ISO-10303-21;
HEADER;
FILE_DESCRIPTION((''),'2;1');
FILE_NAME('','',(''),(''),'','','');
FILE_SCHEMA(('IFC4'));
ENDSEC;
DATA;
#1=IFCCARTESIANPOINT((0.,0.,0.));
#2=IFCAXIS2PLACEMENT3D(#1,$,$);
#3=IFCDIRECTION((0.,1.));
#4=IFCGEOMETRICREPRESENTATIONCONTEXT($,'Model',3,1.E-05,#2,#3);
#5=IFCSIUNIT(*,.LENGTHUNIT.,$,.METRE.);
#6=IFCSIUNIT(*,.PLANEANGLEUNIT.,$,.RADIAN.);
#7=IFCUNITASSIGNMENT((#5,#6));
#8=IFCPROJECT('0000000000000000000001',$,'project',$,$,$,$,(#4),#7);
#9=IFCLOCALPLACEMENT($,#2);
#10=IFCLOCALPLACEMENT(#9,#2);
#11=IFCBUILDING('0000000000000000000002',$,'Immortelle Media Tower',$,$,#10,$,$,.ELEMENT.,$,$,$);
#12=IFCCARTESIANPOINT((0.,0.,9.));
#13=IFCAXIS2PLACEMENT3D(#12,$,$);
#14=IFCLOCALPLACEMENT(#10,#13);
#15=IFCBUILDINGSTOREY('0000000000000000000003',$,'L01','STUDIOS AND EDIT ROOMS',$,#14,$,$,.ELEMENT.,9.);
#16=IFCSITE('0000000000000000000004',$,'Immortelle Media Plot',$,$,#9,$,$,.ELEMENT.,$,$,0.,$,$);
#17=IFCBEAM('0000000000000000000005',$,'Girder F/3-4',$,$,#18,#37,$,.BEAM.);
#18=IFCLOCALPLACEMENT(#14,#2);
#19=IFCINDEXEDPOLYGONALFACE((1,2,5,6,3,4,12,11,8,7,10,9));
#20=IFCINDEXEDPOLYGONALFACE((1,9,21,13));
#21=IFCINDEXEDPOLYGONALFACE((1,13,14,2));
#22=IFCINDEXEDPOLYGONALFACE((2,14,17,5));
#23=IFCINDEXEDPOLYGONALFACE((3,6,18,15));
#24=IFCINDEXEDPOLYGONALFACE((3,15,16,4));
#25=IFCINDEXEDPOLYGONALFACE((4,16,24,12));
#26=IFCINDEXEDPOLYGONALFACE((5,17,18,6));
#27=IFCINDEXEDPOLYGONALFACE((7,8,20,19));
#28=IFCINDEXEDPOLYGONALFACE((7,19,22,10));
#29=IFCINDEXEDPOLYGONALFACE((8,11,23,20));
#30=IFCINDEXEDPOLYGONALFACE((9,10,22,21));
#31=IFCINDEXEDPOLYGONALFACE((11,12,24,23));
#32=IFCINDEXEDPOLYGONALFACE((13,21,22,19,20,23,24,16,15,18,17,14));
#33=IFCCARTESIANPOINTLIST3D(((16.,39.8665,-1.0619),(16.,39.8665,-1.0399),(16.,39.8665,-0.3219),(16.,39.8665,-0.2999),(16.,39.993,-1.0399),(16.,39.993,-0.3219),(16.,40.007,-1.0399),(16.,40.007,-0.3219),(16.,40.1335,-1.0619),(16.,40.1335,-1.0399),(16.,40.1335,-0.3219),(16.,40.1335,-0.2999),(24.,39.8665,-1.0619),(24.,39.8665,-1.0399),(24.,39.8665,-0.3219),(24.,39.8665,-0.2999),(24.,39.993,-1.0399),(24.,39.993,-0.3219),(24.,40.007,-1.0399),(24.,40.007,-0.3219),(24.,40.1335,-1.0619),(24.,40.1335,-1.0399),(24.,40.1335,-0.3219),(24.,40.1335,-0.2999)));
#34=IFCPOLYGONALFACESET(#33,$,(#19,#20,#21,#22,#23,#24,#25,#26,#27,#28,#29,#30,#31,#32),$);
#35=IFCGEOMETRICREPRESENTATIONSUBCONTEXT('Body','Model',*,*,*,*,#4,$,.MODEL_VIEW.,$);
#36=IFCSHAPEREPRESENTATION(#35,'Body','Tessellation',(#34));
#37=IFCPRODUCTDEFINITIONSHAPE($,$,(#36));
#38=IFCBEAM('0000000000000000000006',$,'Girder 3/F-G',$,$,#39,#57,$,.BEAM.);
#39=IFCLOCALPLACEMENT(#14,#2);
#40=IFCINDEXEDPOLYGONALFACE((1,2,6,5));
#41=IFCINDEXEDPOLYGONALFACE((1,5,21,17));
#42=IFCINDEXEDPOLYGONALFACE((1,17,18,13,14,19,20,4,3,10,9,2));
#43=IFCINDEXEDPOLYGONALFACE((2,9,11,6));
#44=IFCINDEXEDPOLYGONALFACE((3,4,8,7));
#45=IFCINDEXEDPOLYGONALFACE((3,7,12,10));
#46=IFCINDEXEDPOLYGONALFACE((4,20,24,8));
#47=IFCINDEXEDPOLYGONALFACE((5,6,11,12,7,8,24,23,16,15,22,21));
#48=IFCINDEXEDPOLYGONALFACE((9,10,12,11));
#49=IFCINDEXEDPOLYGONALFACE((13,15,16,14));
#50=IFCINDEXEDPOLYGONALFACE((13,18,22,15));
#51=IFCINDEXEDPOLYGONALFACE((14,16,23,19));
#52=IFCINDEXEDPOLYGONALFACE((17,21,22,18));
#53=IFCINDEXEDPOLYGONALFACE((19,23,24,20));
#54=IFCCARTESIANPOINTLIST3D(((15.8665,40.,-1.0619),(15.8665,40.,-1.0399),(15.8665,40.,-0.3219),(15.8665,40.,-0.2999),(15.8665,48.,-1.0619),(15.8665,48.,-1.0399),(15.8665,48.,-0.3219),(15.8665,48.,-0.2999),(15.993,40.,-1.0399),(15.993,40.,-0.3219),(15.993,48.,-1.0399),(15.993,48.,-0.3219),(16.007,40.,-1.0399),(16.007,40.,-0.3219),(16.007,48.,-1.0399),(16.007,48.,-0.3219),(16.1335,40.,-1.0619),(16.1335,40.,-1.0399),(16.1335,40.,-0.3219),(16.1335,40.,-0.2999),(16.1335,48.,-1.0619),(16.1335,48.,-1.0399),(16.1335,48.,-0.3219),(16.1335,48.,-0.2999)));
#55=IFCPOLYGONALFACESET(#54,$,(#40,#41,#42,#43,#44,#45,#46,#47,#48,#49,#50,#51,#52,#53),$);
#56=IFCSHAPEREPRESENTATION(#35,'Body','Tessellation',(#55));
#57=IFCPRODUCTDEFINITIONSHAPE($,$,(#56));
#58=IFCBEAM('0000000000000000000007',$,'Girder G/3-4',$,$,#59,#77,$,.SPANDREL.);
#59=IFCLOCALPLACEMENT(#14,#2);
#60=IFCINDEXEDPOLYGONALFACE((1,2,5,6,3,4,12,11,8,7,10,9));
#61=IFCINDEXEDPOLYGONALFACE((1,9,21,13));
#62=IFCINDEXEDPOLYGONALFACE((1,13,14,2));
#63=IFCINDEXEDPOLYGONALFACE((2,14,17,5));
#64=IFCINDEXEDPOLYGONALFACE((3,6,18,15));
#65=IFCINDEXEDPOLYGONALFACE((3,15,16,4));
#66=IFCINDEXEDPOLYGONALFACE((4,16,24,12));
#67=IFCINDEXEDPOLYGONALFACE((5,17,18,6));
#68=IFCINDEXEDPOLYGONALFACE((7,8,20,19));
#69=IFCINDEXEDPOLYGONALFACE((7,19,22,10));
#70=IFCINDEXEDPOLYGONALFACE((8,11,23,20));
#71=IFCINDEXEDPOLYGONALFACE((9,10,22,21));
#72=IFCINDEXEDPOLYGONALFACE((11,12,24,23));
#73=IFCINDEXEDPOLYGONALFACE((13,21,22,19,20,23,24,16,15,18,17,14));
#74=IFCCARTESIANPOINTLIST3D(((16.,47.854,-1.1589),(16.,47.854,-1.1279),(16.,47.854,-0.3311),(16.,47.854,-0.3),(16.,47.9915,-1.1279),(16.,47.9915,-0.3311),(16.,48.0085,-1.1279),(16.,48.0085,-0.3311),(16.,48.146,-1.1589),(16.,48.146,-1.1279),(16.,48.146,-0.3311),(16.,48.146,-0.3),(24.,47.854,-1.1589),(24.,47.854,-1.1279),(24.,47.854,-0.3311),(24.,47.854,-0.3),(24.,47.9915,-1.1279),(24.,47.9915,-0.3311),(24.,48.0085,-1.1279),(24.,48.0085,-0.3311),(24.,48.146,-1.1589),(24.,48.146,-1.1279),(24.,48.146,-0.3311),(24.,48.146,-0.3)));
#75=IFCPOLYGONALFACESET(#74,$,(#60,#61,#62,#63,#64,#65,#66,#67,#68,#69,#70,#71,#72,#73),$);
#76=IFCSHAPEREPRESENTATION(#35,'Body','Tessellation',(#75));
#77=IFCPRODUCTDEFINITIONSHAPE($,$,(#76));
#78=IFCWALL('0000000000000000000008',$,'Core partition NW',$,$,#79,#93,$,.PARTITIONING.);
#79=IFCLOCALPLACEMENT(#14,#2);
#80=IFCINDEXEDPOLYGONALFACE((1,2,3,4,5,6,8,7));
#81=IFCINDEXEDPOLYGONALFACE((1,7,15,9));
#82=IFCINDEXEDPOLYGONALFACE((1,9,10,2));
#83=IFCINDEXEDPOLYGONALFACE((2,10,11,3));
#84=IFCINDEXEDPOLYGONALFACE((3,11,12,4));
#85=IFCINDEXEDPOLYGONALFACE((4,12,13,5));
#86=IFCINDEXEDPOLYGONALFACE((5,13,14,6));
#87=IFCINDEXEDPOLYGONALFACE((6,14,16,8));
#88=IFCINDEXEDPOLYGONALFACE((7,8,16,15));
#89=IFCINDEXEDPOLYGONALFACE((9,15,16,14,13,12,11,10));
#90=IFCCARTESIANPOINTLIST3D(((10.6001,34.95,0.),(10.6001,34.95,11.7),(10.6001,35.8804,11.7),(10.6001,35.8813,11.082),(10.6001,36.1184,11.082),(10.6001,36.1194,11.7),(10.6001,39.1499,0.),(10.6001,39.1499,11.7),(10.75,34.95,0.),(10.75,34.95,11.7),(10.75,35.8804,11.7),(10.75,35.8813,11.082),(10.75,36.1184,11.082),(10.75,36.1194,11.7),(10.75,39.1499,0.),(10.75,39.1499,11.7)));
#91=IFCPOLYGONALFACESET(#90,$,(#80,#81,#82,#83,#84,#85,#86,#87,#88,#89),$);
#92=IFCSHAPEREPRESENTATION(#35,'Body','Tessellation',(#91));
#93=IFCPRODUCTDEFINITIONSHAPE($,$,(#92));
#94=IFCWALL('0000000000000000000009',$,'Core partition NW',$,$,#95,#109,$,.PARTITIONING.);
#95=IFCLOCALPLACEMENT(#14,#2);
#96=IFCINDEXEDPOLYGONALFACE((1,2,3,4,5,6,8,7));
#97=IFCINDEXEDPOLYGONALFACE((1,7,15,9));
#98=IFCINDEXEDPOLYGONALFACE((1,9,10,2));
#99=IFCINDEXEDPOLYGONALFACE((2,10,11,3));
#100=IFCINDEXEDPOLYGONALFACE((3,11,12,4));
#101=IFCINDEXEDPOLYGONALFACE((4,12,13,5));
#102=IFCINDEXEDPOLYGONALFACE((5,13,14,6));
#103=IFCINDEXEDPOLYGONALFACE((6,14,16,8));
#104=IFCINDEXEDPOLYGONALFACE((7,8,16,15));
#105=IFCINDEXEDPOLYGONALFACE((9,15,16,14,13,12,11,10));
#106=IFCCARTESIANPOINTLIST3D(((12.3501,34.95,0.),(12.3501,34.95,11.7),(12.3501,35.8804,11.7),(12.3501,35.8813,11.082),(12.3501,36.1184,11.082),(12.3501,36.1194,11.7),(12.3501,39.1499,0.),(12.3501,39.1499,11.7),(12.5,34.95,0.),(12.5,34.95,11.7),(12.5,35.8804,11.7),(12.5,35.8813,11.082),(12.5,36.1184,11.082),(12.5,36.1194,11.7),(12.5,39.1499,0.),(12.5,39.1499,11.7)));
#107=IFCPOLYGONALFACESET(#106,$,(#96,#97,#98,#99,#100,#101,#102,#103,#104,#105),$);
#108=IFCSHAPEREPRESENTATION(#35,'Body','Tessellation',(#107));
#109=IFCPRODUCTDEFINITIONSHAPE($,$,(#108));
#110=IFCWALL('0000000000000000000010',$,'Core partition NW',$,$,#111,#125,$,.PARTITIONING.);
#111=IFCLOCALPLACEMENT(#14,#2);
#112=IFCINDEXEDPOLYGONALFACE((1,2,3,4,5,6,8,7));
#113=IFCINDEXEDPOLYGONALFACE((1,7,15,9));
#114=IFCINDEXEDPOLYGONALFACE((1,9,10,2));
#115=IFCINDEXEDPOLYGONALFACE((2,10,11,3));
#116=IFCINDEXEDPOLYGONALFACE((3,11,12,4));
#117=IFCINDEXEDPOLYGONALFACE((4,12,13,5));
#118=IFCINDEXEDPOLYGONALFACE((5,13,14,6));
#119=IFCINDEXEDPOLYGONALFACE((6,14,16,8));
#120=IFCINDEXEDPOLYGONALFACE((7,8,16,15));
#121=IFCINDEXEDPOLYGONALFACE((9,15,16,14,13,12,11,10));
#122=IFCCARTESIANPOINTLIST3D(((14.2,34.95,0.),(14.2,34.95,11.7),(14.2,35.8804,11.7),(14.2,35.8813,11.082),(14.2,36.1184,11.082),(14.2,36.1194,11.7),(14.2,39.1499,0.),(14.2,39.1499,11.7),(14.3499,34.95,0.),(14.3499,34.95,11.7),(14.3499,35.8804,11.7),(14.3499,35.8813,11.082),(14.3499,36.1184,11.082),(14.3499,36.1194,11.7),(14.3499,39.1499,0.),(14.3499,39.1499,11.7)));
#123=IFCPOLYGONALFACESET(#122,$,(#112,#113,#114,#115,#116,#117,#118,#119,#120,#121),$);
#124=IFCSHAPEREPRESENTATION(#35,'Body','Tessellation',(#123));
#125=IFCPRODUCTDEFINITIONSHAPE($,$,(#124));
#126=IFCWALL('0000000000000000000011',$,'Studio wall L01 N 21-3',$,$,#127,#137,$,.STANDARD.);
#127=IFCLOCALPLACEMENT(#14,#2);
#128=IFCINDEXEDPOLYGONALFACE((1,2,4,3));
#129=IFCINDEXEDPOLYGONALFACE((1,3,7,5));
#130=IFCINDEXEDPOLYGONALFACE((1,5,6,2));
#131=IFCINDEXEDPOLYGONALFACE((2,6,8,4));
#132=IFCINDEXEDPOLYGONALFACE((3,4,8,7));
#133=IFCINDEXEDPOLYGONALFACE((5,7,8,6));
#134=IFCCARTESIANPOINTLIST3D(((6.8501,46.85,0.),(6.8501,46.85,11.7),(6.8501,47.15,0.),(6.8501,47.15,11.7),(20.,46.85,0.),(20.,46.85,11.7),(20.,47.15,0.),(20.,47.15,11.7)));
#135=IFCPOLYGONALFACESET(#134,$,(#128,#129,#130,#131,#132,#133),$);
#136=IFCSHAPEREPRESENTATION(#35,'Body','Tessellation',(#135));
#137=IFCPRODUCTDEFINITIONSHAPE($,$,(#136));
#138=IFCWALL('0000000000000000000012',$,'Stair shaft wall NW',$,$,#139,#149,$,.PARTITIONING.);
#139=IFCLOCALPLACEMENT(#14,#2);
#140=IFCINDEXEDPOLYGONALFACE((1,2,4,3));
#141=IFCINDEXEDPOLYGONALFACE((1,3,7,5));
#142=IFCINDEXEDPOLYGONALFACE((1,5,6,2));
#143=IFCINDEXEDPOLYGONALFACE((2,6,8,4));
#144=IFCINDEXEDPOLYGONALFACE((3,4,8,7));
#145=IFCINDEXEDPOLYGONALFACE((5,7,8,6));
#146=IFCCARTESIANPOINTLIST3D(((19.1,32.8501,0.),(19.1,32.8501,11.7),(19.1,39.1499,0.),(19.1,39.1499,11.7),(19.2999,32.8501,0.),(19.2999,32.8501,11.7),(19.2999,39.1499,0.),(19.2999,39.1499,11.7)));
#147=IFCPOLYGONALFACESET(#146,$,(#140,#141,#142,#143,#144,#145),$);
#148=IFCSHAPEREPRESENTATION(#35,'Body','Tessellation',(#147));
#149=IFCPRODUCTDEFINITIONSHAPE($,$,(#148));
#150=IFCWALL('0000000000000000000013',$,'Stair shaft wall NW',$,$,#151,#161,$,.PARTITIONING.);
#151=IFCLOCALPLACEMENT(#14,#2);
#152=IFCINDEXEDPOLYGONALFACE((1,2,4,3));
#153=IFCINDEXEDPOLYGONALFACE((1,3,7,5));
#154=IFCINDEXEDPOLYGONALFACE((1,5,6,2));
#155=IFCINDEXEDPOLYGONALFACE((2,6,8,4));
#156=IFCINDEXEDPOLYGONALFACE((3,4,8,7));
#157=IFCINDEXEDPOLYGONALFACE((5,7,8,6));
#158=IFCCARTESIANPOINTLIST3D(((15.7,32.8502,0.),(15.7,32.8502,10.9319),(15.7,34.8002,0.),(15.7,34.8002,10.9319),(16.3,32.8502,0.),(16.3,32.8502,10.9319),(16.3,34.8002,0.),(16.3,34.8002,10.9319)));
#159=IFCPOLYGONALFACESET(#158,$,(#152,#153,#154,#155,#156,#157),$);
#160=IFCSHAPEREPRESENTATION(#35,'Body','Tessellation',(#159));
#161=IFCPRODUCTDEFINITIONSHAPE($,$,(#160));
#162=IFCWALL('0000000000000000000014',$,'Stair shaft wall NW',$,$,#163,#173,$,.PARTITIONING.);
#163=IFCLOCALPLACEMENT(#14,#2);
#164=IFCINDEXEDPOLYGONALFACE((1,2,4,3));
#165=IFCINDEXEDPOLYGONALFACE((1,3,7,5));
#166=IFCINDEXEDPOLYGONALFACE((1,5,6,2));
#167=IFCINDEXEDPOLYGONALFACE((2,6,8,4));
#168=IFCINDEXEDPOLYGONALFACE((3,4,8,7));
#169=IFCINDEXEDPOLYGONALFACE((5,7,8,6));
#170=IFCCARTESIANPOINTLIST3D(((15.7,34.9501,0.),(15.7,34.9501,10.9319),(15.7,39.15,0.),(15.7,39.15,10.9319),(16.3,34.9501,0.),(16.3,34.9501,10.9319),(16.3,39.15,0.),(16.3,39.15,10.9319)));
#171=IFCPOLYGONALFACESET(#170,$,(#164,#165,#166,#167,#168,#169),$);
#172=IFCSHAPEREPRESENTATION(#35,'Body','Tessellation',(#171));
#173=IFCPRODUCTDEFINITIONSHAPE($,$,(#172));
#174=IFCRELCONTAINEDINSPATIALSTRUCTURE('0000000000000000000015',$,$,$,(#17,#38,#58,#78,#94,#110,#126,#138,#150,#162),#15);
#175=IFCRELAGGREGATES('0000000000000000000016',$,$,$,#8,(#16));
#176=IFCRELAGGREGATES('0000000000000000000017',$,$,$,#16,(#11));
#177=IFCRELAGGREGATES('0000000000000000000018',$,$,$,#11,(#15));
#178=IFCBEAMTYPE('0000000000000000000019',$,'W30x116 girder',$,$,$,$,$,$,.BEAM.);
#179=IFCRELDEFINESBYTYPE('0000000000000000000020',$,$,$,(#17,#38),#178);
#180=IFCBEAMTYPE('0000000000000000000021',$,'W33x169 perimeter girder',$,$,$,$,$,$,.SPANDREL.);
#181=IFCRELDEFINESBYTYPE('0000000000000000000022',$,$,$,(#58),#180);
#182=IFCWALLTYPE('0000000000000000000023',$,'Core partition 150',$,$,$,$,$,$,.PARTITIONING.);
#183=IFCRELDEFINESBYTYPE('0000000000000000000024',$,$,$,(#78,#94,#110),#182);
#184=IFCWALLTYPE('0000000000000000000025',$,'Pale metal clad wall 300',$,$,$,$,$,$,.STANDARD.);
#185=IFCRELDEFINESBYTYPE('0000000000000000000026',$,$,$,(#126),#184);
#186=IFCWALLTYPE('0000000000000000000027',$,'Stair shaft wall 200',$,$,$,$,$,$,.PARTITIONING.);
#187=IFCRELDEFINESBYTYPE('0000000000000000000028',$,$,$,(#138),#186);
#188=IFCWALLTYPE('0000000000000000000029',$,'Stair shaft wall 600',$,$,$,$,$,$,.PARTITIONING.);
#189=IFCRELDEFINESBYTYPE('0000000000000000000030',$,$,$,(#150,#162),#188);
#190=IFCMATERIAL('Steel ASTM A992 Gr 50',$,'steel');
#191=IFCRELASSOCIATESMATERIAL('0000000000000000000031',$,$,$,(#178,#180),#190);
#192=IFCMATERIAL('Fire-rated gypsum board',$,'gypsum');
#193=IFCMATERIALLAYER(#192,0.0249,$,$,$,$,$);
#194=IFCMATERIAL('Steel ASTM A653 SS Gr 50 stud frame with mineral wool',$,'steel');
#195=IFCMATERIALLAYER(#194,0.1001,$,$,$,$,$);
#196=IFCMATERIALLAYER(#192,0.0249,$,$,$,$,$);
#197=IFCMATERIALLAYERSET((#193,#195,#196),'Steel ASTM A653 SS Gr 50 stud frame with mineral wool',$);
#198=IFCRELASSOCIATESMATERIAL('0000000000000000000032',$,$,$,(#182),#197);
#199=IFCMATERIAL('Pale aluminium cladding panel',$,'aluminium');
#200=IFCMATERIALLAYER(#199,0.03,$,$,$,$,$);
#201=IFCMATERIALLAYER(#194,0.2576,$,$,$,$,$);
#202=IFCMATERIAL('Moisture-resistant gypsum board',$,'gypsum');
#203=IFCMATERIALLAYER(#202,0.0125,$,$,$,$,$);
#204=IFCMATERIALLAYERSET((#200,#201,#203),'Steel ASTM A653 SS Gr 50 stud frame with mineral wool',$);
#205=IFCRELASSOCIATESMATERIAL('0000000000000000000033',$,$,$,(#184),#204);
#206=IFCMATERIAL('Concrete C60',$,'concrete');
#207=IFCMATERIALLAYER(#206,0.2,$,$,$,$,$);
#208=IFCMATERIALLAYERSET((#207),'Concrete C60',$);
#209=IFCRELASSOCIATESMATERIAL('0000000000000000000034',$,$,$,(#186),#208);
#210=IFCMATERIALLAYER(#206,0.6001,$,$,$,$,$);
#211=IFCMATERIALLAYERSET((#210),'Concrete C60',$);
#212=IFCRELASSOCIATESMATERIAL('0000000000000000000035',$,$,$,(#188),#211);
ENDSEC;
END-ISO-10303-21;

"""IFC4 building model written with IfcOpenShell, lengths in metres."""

from ifc_helpers import new_model, si_unit, direction, frame, frame_2d, origin, origin_2d, place, context, subcontext, project, spatial, polyline, rectangle, i_section, outline, extrude, material, layer, layer_set, material_profile, profile_set, type_object, element, save


model = new_model("IFC4")

# Units and contexts
model_context = context("Model", 3, precision=1e-05, world=origin(), true_north=direction((0.0, 1.0)))
body_context = subcontext(model_context, "Body", "Model", "MODEL_VIEW")
ifc_project = project(units=[si_unit("LENGTHUNIT", "METRE"), si_unit("PLANEANGLEUNIT", "RADIAN")], contexts=[model_context])

# Site, building, storey
site_placement = place(None, origin())
site = spatial("IfcSite", under=ifc_project, at=site_placement, Name="Immortelle Media Plot", CompositionType="ELEMENT", RefElevation=0.0)
building_placement = place(site_placement, origin())
building = spatial("IfcBuilding", under=site, at=building_placement, Name="Immortelle Media Tower", CompositionType="ELEMENT")
storey_placement = place(building_placement, frame((0.0, 0.0, 9.0)))
storey = spatial("IfcBuildingStorey", under=building, at=storey_placement, Name="L01", Description="STUDIOS AND EDIT ROOMS", CompositionType="ELEMENT", Elevation=9.0)

# Shared definitions
ifc_material_1 = material(Name="Steel ASTM A992 Gr 50", Category="steel")

# Beams
ifc_material_profile_1 = material_profile(ifc_material_1, i_section(OverallWidth=0.2671, OverallDepth=0.762, WebThickness=0.0139, FlangeThickness=0.022, at=origin_2d()), Name="W30x116")
ifc_profile_set_1 = profile_set([ifc_material_profile_1], Name="Steel ASTM A992 Gr 50")
beam_type_1 = type_object("IfcBeamType", Name="W30x116 girder", PredefinedType="BEAM", material=ifc_profile_set_1)
for number, where, z_axis, x_axis, name in (
    (1, (16.0, 40.0, -0.6809), (1.0, 0.0, 0.0), (0.0, 1.0, 0.0), "Girder F/3-4"),
    (2, (16.0, 40.0, -0.6809), (0.0, 1.0, 0.0), (-1.0, 0.0, 0.0), "Girder 3/F-G"),
):
    element("IfcBeam", number, at=place(storey_placement, frame(where, z_axis=z_axis, x_axis=x_axis)), inside=storey, type_object=beam_type_1, Name=name, PredefinedType="BEAM", context=body_context, shape_type="SweptSolid", body=[
        extrude(i_section(OverallWidth=0.2671, OverallDepth=0.762, WebThickness=0.0139, FlangeThickness=0.022, at=origin_2d()), origin(), (0.0, 0.0, 1.0), 8.0),
    ])
ifc_material_profile_2 = material_profile(ifc_material_1, i_section(OverallWidth=0.292, OverallDepth=0.8589, WebThickness=0.0171, FlangeThickness=0.031, at=origin_2d()), Name="W33x169")
ifc_profile_set_2 = profile_set([ifc_material_profile_2], Name="Steel ASTM A992 Gr 50")
beam_type_2 = type_object("IfcBeamType", Name="W33x169 perimeter girder", PredefinedType="SPANDREL", material=ifc_profile_set_2)
beam_1_placement = place(storey_placement, frame((16.0, 48.0, -0.7295), z_axis=(1.0, 0.0, 0.0), x_axis=(0.0, 1.0, 0.0)))
element("IfcBeam", 3, at=beam_1_placement, inside=storey, type_object=beam_type_2, Name="Girder G/3-4", PredefinedType="SPANDREL", context=body_context, shape_type="SweptSolid", body=[
    extrude(i_section(OverallWidth=0.292, OverallDepth=0.8589, WebThickness=0.0171, FlangeThickness=0.031, at=origin_2d()), origin(), (0.0, 0.0, 1.0), 8.0),
])

# Walls
ifc_material_2 = material(Name="Fire-rated gypsum board", Category="gypsum")
ifc_layer_1 = layer(ifc_material_2, 0.0249)
ifc_material_3 = material(Name="Steel ASTM A653 SS Gr 50 stud frame with mineral wool", Category="steel")
ifc_layer_2 = layer(ifc_material_3, 0.1001)
ifc_layer_3 = layer(ifc_material_2, 0.0249)
ifc_layer_set_1 = layer_set([ifc_layer_1, ifc_layer_2, ifc_layer_3], Name="Steel ASTM A653 SS Gr 50 stud frame with mineral wool")
wall_type_1 = type_object("IfcWallType", Name="Core partition 150", PredefinedType="PARTITIONING", material=ifc_layer_set_1)
for number, where, z_axis, x_axis, name in (
    (4, (10.675, 34.95, 0.0), (0.0, 0.0, 1.0), (0.0, 1.0, 0.0), "Core partition NW"),
    (5, (12.425, 34.95, 0.0), (0.0, 0.0, 1.0), (0.0, 1.0, 0.0), "Core partition NW"),
    (6, (14.2749, 34.95, 0.0), (0.0, 0.0, 1.0), (0.0, 1.0, 0.0), "Core partition NW"),
):
    element("IfcWall", number, at=place(storey_placement, frame(where, z_axis=z_axis, x_axis=x_axis)), inside=storey, type_object=wall_type_1, Name=name, PredefinedType="PARTITIONING", context=body_context, shape_type="SweptSolid", body=[
        extrude(outline(polyline([(0.0, 0.0), (4.2, 0.0), (4.2, 11.7), (1.1694, 11.7), (1.1685, 11.082), (0.9314, 11.082), (0.9304, 11.7), (0.0, 11.7), (0.0, 0.0)])), frame((0.0, 0.075, 0.0), z_axis=(0.0, -1.0, 0.0), x_axis=(1.0, 0.0, 0.0)), (0.0, 0.0, 1.0), 0.1499),
    ])
ifc_material_4 = material(Name="Pale aluminium cladding panel", Category="aluminium")
ifc_layer_4 = layer(ifc_material_4, 0.03)
ifc_layer_5 = layer(ifc_material_3, 0.2576)
ifc_material_5 = material(Name="Moisture-resistant gypsum board", Category="gypsum")
ifc_layer_6 = layer(ifc_material_5, 0.0125)
ifc_layer_set_2 = layer_set([ifc_layer_4, ifc_layer_5, ifc_layer_6], Name="Steel ASTM A653 SS Gr 50 stud frame with mineral wool")
wall_type_2 = type_object("IfcWallType", Name="Pale metal clad wall 300", PredefinedType="STANDARD", material=ifc_layer_set_2)
wall_1_placement = place(storey_placement, frame((20.0, 47.0, 0.0), z_axis=(0.0, 0.0, 1.0), x_axis=(-1.0, 0.0, 0.0)))
element("IfcWall", 7, at=wall_1_placement, inside=storey, type_object=wall_type_2, Name="Studio wall L01 N 21-3", PredefinedType="STANDARD", context=body_context, shape_type="SweptSolid", body=[
    extrude(rectangle(XDim=13.1499, YDim=0.3, at=frame_2d((6.575, 0.0))), origin(), (0.0, 0.0, 1.0), 11.7),
])
ifc_material_6 = material(Name="Concrete C60", Category="concrete")
ifc_layer_7 = layer(ifc_material_6, 0.2)
ifc_layer_set_3 = layer_set([ifc_layer_7], Name="Concrete C60")
wall_type_3 = type_object("IfcWallType", Name="Stair shaft wall 200", PredefinedType="PARTITIONING", material=ifc_layer_set_3)
wall_2_placement = place(storey_placement, frame((19.2, 32.8501, 0.0), z_axis=(0.0, 0.0, 1.0), x_axis=(0.0, 1.0, 0.0)))
element("IfcWall", 8, at=wall_2_placement, inside=storey, type_object=wall_type_3, Name="Stair shaft wall NW", PredefinedType="PARTITIONING", context=body_context, shape_type="SweptSolid", body=[
    extrude(rectangle(XDim=6.2998, YDim=0.2, at=frame_2d((3.1499, 0.0))), origin(), (0.0, 0.0, 1.0), 11.7),
])
ifc_layer_8 = layer(ifc_material_6, 0.6001)
ifc_layer_set_4 = layer_set([ifc_layer_8], Name="Concrete C60")
wall_type_4 = type_object("IfcWallType", Name="Stair shaft wall 600", PredefinedType="PARTITIONING", material=ifc_layer_set_4)
wall_3_placement = place(storey_placement, frame((16.0, 32.8501, 0.0), z_axis=(0.0, 0.0, 1.0), x_axis=(0.0, 1.0, 0.0)))
element("IfcWall", 9, at=wall_3_placement, inside=storey, type_object=wall_type_4, Name="Stair shaft wall NW", PredefinedType="PARTITIONING", context=body_context, shape_type="SweptSolid", body=[
    extrude(rectangle(XDim=1.95, YDim=0.6001, at=frame_2d((0.9751, 0.0))), origin(), (0.0, 0.0, 1.0), 10.9319),
])
wall_4_placement = place(storey_placement, frame((16.0, 34.95, 0.0), z_axis=(0.0, 0.0, 1.0), x_axis=(0.0, 1.0, 0.0)))
element("IfcWall", 10, at=wall_4_placement, inside=storey, type_object=wall_type_4, Name="Stair shaft wall NW", PredefinedType="PARTITIONING", context=body_context, shape_type="SweptSolid", body=[
    extrude(rectangle(XDim=4.2, YDim=0.6001, at=frame_2d((2.1001, 0.0))), origin(), (0.0, 0.0, 1.0), 10.9319),
])

save(model, "model.ifc")
